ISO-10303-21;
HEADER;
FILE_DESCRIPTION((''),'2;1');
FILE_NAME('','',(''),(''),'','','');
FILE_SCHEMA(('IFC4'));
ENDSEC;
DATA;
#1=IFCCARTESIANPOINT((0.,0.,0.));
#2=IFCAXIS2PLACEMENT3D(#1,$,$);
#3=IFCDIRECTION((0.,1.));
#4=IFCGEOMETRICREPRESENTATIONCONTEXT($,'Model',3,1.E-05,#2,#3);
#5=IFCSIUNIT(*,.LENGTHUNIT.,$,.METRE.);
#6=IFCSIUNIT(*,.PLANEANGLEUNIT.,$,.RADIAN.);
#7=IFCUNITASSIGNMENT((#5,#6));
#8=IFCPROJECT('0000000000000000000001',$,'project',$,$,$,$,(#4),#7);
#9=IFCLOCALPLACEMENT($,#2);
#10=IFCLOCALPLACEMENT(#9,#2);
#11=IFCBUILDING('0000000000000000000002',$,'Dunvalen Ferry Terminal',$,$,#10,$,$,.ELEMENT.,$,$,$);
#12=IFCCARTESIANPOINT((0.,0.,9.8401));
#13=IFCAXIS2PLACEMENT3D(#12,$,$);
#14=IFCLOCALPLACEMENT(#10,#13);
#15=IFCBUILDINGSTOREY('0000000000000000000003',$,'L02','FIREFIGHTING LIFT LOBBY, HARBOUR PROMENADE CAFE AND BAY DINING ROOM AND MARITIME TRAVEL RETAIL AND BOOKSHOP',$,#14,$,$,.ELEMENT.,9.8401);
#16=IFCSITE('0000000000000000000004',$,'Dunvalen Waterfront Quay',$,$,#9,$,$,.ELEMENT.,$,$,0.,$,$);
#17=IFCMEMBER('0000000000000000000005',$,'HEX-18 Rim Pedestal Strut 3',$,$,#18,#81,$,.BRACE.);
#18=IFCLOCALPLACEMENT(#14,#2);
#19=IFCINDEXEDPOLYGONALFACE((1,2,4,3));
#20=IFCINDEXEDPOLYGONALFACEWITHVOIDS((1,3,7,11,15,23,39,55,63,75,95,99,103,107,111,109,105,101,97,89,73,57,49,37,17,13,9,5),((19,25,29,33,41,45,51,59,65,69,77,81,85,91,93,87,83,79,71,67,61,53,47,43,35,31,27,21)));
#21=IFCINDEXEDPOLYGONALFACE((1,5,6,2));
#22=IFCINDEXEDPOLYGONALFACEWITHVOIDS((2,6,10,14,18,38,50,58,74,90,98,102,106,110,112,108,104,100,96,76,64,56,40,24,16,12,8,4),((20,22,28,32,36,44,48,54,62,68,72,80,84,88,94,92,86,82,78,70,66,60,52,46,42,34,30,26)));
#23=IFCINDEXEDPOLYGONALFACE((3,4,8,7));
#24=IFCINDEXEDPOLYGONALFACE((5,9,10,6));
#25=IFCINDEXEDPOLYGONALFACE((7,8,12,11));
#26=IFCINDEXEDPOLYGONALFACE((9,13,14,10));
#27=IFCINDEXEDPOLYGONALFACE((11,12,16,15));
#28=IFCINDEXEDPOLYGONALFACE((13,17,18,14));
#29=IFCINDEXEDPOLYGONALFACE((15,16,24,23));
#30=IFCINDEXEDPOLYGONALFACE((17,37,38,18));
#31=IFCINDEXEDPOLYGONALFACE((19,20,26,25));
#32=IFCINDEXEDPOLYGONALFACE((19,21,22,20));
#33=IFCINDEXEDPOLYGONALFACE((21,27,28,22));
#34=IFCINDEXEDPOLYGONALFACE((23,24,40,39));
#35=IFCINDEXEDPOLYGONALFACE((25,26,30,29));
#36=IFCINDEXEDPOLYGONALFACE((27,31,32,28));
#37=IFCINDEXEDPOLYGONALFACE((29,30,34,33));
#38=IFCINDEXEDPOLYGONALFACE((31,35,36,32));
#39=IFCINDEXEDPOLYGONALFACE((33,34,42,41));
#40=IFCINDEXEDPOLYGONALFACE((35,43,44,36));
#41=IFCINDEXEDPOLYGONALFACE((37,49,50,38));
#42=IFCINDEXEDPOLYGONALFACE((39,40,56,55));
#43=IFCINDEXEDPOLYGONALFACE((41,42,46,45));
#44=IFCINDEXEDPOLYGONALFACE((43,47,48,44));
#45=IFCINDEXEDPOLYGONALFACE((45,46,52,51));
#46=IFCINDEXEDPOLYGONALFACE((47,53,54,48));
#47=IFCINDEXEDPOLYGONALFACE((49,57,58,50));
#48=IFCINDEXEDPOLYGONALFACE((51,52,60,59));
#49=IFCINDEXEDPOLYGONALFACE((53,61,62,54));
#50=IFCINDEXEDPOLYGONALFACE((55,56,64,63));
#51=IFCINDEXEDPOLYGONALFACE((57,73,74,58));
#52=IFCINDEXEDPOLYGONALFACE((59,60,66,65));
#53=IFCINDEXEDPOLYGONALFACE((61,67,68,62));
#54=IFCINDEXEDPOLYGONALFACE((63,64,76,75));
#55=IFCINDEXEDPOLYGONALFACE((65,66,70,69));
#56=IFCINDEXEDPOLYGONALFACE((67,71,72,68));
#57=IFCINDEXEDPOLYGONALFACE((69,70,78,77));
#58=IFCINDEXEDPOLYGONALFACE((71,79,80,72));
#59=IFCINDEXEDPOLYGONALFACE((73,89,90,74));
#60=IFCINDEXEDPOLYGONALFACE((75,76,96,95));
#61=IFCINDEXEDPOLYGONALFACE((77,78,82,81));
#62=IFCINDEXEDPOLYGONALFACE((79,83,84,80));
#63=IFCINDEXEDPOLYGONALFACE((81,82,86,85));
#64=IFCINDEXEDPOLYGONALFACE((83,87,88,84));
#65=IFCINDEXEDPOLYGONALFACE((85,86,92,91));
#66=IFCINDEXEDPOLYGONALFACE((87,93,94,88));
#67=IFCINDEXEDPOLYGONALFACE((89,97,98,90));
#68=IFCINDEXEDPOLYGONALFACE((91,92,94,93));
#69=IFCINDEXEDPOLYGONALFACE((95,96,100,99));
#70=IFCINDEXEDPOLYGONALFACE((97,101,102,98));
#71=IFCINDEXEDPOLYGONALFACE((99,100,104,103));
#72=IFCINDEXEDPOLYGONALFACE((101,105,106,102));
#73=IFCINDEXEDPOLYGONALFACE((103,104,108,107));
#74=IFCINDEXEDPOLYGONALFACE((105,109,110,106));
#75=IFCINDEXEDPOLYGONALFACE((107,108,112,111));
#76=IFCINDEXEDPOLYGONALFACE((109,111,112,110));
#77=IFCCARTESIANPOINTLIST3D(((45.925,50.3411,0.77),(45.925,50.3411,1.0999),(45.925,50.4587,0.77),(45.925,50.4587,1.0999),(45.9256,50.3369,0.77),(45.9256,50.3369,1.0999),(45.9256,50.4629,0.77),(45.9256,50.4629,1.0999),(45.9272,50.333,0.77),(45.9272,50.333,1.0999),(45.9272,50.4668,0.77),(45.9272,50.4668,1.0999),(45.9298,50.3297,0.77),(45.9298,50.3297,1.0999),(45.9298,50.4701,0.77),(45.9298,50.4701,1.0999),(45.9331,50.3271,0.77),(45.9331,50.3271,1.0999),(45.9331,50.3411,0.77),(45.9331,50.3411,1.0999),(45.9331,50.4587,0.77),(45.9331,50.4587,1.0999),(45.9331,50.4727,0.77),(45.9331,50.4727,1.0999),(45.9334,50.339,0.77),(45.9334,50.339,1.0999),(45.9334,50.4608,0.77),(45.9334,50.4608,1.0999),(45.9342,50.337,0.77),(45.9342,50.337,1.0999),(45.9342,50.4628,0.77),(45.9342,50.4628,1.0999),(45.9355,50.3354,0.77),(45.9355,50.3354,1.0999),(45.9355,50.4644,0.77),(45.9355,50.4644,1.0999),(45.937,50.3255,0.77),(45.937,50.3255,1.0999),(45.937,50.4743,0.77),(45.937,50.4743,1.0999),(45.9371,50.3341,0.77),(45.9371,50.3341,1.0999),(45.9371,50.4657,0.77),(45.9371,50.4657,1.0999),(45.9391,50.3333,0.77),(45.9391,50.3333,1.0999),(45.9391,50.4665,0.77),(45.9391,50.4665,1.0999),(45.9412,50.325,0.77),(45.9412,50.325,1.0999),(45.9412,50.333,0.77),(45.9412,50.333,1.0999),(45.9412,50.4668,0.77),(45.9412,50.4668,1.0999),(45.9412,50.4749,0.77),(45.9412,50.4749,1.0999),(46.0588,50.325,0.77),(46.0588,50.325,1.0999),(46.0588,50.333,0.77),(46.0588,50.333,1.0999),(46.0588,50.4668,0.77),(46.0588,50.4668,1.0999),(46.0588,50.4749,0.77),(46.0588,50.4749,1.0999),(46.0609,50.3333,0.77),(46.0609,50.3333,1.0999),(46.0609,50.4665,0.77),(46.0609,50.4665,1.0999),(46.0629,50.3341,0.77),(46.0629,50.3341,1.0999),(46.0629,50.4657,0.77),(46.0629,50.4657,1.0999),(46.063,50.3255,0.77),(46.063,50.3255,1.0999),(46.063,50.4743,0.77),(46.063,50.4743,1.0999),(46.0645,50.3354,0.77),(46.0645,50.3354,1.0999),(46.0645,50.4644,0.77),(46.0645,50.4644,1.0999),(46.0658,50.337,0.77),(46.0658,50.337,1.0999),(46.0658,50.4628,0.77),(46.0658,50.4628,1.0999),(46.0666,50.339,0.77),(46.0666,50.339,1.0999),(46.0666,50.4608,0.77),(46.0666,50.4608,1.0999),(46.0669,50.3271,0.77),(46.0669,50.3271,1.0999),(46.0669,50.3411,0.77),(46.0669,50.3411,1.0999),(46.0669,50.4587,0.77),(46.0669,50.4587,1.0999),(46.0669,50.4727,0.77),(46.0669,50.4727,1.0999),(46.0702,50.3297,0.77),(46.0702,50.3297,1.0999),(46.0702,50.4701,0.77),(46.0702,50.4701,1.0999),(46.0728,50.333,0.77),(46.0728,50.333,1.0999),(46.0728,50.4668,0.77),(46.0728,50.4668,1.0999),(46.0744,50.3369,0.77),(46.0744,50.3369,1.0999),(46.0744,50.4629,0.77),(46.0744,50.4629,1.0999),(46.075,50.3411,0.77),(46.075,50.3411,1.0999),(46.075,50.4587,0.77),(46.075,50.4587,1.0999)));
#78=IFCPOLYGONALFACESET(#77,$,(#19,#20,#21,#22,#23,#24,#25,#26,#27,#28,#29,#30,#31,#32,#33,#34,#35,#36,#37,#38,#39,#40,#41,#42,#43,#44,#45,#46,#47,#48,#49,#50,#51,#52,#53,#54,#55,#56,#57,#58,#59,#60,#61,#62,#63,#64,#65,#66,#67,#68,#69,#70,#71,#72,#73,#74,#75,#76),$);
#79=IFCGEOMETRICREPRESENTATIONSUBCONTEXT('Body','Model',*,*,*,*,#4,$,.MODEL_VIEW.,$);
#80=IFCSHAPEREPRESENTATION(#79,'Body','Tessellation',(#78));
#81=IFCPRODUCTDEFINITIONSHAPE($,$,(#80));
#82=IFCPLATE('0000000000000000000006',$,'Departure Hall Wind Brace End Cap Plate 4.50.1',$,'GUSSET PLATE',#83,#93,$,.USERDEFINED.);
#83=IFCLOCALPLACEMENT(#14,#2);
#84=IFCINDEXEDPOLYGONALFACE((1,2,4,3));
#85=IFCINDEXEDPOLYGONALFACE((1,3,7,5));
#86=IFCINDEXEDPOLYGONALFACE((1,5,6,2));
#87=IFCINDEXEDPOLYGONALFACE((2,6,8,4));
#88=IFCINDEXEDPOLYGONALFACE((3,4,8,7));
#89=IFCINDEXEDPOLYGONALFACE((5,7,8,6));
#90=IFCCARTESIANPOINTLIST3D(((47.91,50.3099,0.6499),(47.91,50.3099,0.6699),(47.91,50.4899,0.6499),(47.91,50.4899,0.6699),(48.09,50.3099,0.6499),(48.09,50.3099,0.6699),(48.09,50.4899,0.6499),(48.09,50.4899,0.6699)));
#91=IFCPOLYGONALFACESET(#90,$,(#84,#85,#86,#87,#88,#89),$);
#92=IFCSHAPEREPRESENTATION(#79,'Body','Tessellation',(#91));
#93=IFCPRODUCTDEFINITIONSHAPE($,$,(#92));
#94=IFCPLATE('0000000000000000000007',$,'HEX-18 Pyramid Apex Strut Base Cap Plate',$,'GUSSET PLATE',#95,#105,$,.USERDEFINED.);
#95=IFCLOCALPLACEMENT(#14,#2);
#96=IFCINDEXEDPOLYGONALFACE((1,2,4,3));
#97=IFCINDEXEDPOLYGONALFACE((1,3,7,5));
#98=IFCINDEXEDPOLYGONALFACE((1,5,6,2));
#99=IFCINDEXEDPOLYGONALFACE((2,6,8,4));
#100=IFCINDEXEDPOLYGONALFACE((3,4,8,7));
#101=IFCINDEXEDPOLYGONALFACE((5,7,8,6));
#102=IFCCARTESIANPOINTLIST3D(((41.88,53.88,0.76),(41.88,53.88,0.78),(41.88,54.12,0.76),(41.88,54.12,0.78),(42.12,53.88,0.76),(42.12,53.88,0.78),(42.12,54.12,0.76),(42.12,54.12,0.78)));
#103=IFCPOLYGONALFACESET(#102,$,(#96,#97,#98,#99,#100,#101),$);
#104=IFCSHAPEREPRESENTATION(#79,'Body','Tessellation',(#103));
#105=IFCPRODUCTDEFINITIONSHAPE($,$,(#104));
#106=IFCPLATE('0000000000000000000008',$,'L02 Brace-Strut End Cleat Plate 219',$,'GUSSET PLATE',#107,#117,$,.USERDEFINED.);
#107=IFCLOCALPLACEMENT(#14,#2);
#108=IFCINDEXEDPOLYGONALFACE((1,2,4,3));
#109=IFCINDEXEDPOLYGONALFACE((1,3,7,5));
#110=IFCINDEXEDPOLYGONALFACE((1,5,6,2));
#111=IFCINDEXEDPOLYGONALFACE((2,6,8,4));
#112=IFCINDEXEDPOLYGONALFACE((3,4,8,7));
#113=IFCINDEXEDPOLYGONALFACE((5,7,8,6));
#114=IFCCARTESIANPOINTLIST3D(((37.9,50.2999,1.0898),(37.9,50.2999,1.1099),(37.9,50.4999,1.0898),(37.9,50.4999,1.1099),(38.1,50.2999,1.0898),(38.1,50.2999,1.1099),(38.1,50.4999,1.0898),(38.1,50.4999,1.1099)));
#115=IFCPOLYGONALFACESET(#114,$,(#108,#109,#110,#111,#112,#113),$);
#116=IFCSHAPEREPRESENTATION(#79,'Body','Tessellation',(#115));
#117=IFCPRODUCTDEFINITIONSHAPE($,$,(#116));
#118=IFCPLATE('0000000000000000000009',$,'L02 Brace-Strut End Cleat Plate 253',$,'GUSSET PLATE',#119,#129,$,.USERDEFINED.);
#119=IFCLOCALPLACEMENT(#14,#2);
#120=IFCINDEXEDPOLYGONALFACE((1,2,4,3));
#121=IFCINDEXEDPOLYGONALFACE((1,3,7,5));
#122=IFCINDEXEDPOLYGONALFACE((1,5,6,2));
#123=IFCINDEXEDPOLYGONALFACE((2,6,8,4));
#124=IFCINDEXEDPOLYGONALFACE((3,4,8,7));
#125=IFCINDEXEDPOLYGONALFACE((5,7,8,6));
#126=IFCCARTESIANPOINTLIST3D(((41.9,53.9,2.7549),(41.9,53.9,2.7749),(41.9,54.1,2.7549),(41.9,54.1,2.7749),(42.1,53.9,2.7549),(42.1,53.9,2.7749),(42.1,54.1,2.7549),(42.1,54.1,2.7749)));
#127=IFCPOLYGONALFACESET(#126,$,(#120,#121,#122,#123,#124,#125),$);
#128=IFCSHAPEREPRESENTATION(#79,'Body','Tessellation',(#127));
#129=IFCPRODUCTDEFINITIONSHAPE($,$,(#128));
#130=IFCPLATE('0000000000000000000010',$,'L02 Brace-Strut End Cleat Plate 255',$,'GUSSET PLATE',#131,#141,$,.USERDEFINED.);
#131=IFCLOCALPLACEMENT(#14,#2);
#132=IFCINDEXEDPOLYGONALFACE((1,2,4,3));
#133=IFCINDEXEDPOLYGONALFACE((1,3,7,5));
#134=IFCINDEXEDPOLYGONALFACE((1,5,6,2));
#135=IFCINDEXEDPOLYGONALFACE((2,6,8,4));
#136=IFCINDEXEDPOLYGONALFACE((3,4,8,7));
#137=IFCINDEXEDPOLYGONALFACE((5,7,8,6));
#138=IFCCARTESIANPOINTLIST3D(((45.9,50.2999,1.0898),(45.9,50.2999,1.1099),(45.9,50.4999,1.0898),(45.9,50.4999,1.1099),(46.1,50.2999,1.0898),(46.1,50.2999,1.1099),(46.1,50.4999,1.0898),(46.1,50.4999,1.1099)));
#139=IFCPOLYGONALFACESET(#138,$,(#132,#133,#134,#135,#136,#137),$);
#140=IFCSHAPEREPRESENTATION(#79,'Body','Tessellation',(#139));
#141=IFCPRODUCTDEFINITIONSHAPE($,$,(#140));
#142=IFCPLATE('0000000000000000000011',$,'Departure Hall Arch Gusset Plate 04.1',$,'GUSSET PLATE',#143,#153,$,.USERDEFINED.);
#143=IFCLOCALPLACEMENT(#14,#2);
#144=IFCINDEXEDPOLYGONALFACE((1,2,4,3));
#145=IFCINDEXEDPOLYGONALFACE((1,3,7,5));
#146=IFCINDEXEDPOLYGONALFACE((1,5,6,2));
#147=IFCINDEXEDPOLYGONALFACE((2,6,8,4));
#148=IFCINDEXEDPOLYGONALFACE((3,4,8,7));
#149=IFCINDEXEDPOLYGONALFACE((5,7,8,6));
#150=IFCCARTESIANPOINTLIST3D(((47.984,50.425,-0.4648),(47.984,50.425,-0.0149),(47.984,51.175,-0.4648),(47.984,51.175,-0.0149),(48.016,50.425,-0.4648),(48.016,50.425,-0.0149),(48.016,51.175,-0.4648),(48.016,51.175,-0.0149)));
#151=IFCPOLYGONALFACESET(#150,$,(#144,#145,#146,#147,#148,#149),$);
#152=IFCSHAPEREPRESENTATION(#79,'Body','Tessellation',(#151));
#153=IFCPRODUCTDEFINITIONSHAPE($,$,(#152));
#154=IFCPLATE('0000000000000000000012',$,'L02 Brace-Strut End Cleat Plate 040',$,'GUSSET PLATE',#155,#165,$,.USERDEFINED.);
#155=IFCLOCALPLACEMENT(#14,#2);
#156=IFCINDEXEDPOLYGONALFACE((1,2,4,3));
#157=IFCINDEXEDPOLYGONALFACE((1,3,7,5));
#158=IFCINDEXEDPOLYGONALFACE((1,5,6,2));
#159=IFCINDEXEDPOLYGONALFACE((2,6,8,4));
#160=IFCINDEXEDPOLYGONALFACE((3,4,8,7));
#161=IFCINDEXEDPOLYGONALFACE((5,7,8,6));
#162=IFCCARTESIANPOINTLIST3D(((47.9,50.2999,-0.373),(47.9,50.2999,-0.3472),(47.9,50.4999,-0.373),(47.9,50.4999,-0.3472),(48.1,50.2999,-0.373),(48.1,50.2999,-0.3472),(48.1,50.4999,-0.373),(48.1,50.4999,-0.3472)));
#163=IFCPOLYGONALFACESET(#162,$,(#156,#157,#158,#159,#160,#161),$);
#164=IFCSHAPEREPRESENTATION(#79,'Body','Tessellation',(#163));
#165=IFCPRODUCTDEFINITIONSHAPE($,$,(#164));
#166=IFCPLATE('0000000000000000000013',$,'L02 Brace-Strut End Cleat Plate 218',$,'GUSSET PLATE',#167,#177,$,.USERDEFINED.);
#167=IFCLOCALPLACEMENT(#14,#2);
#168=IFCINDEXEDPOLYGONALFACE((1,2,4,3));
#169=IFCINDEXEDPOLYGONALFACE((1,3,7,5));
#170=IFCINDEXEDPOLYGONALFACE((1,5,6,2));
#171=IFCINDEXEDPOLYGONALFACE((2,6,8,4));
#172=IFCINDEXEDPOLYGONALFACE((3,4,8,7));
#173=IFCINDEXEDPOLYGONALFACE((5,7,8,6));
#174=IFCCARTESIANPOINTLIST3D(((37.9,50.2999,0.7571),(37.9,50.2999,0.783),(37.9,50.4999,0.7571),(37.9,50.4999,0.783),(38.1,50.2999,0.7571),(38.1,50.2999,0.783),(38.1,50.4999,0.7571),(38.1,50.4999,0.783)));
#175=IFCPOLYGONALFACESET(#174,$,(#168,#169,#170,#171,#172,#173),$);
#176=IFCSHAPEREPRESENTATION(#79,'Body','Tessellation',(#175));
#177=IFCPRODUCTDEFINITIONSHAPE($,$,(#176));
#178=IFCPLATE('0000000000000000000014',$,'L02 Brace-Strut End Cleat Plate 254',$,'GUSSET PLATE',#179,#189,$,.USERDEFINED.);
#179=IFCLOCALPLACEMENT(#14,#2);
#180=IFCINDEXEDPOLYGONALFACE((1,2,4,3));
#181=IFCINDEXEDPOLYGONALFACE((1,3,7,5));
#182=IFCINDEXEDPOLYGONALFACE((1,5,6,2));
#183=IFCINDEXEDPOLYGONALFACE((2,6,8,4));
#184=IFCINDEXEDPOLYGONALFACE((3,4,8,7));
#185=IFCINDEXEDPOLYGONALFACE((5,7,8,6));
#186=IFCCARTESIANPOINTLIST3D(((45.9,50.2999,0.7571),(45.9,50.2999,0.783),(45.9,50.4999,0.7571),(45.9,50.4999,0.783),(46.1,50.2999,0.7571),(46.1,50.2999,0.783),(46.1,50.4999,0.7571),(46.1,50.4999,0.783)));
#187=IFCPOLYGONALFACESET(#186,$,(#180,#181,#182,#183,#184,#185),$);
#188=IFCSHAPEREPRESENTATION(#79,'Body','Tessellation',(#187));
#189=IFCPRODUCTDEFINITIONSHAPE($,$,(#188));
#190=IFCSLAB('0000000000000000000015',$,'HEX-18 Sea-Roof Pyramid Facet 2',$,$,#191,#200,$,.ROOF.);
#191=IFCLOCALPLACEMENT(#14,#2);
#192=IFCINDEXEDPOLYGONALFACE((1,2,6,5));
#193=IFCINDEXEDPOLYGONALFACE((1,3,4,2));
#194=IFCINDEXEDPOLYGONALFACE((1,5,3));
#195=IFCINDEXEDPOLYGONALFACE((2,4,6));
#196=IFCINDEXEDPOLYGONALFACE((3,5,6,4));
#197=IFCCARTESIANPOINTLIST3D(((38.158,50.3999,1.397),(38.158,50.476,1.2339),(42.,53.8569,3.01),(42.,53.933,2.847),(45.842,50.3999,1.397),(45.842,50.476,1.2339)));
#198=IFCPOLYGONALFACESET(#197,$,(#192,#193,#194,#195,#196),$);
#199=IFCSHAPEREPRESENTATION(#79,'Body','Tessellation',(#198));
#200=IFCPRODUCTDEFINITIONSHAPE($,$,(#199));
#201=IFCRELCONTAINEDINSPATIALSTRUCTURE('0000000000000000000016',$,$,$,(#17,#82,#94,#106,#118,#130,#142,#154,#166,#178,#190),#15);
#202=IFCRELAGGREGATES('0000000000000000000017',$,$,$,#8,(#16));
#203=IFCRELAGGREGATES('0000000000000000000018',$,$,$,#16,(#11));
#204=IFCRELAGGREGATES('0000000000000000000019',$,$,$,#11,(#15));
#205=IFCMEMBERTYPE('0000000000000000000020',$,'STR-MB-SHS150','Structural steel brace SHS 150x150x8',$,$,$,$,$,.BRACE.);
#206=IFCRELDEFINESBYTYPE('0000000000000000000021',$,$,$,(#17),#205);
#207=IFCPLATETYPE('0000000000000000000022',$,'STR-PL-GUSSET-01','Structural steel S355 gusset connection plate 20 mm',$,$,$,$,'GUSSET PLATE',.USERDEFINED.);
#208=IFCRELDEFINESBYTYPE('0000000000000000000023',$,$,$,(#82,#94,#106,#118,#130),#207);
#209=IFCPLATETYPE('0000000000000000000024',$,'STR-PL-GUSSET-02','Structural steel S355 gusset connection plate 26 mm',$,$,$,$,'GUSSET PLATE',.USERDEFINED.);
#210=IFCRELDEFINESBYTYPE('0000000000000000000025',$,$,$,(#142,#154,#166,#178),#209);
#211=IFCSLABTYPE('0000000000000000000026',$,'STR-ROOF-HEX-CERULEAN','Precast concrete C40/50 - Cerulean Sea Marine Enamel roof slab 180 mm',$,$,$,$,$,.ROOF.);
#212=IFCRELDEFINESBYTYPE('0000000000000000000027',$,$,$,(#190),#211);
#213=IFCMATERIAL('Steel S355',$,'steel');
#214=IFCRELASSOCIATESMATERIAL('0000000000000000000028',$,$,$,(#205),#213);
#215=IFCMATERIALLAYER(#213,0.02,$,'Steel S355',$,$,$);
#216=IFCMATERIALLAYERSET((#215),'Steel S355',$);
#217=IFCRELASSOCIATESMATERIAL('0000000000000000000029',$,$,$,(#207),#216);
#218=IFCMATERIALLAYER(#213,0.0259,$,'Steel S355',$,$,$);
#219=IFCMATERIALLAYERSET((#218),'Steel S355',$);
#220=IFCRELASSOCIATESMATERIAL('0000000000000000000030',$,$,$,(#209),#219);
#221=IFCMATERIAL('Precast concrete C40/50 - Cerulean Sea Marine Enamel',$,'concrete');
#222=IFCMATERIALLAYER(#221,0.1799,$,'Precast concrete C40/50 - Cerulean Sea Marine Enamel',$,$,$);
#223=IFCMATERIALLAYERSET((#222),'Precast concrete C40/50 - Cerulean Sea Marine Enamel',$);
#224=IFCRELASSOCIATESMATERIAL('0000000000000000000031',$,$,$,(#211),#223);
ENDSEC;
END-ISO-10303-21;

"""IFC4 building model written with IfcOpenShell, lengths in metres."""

from ifc_helpers import new_model, si_unit, direction, frame, origin, origin_2d, place, context, subcontext, project, spatial, polyline, rectangle, hollow_rectangle, outline, extrude, material, layer, layer_set, material_profile, profile_set, type_object, element, save


model = new_model("IFC4")

# Units and contexts
model_context = context("Model", 3, precision=1e-05, world=origin(), true_north=direction((0.0, 1.0)))
body_context = subcontext(model_context, "Body", "Model", "MODEL_VIEW")
ifc_project = project(units=[si_unit("LENGTHUNIT", "METRE"), si_unit("PLANEANGLEUNIT", "RADIAN")], contexts=[model_context])

# Site, building, storey
site_placement = place(None, origin())
site = spatial("IfcSite", under=ifc_project, at=site_placement, Name="Dunvalen Waterfront Quay", CompositionType="ELEMENT", RefElevation=0.0)
building_placement = place(site_placement, origin())
building = spatial("IfcBuilding", under=site, at=building_placement, Name="Dunvalen Ferry Terminal", CompositionType="ELEMENT")
storey_placement = place(building_placement, frame((0.0, 0.0, 9.8401)))
storey = spatial("IfcBuildingStorey", under=building, at=storey_placement, Name="L02", Description="FIREFIGHTING LIFT LOBBY, HARBOUR PROMENADE CAFE AND BAY DINING ROOM AND MARITIME TRAVEL RETAIL AND BOOKSHOP", CompositionType="ELEMENT", Elevation=9.8401)

# Shared definitions
ifc_material_1 = material(Name="Steel S355", Category="steel")

# Member
ifc_material_profile_1 = material_profile(ifc_material_1, hollow_rectangle(XDim=0.1499, YDim=0.1499, WallThickness=0.0081, InnerFilletRadius=0.0081, OuterFilletRadius=0.0161, at=origin_2d()), Name="Steel S355")
ifc_profile_set_1 = profile_set([ifc_material_profile_1], Name="Steel S355")
member_type_1 = type_object("IfcMemberType", Name="STR-MB-SHS150", Description="Structural steel brace SHS 150x150x8", PredefinedType="BRACE", material=ifc_profile_set_1)
member_1_placement = place(storey_placement, frame((46.0, 50.3999, 0.77), z_axis=(0.0, 0.0, 1.0), x_axis=(1.0, 0.0, 0.0)))
element("IfcMember", 1, at=member_1_placement, inside=storey, type_object=member_type_1, Name="HEX-18 Rim Pedestal Strut 3", PredefinedType="BRACE", context=body_context, shape_type="SweptSolid", body=[
    extrude(hollow_rectangle(XDim=0.1499, YDim=0.1499, WallThickness=0.0081, InnerFilletRadius=0.0081, OuterFilletRadius=0.0161, at=origin_2d()), origin(), (0.0, 0.0, 1.0), 0.3298),
])

# Plates
ifc_layer_1 = layer(ifc_material_1, 0.02, Name="Steel S355")
ifc_layer_set_1 = layer_set([ifc_layer_1], Name="Steel S355")
plate_type_1 = type_object("IfcPlateType", Name="STR-PL-GUSSET-01", Description="Structural steel S355 gusset connection plate 20 mm", ElementType="GUSSET PLATE", PredefinedType="USERDEFINED", material=ifc_layer_set_1)
plate_1_placement = place(storey_placement, frame((48.0, 50.3999, 0.6499), z_axis=(0.0, 0.0, 1.0), x_axis=(1.0, 0.0, 0.0)))
element("IfcPlate", 2, at=plate_1_placement, inside=storey, type_object=plate_type_1, Name="Departure Hall Wind Brace End Cap Plate 4.50.1", ObjectType="GUSSET PLATE", PredefinedType="USERDEFINED", context=body_context, shape_type="SweptSolid", body=[
    extrude(rectangle(XDim=0.1799, YDim=0.1799, at=origin_2d()), origin(), (0.0, 0.0, 1.0), 0.02),
])
plate_2_placement = place(storey_placement, frame((42.0, 54.0, 0.76), z_axis=(0.0, 0.0, 1.0), x_axis=(1.0, 0.0, 0.0)))
element("IfcPlate", 3, at=plate_2_placement, inside=storey, type_object=plate_type_1, Name="HEX-18 Pyramid Apex Strut Base Cap Plate", ObjectType="GUSSET PLATE", PredefinedType="USERDEFINED", context=body_context, shape_type="SweptSolid", body=[
    extrude(rectangle(XDim=0.24, YDim=0.24, at=origin_2d()), origin(), (0.0, 0.0, 1.0), 0.02),
])
for number, where, z_axis, x_axis, name in (
    (4, (38.0, 50.3999, 1.0898), (0.0, 0.0, 1.0), (1.0, 0.0, 0.0), "L02 Brace-Strut End Cleat Plate 219"),
    (5, (42.0, 54.0, 2.7549), (0.0, 0.0, 1.0), (1.0, 0.0, 0.0), "L02 Brace-Strut End Cleat Plate 253"),
    (6, (46.0, 50.3999, 1.0898), (0.0, 0.0, 1.0), (1.0, 0.0, 0.0), "L02 Brace-Strut End Cleat Plate 255"),
):
    element("IfcPlate", number, at=place(storey_placement, frame(where, z_axis=z_axis, x_axis=x_axis)), inside=storey, type_object=plate_type_1, Name=name, ObjectType="GUSSET PLATE", PredefinedType="USERDEFINED", context=body_context, shape_type="SweptSolid", body=[
        extrude(rectangle(XDim=0.2, YDim=0.2, at=origin_2d()), origin(), (0.0, 0.0, 1.0), 0.02),
    ])
ifc_layer_2 = layer(ifc_material_1, 0.0259, Name="Steel S355")
ifc_layer_set_2 = layer_set([ifc_layer_2], Name="Steel S355")
plate_type_2 = type_object("IfcPlateType", Name="STR-PL-GUSSET-02", Description="Structural steel S355 gusset connection plate 26 mm", ElementType="GUSSET PLATE", PredefinedType="USERDEFINED", material=ifc_layer_set_2)
plate_3_placement = place(storey_placement, frame((48.0, 50.8, -0.4648), z_axis=(0.0, 0.0, 1.0), x_axis=(1.0, 0.0, 0.0)))
element("IfcPlate", 7, at=plate_3_placement, inside=storey, type_object=plate_type_2, Name="Departure Hall Arch Gusset Plate 04.1", ObjectType="GUSSET PLATE", PredefinedType="USERDEFINED", context=body_context, shape_type="SweptSolid", body=[
    extrude(rectangle(XDim=0.032, YDim=0.75, at=origin_2d()), origin(), (0.0, 0.0, 1.0), 0.45),
])
for number, where, z_axis, x_axis, name in (
    (8, (48.0, 50.3999, -0.373), (0.0, 0.0, 1.0), (1.0, 0.0, 0.0), "L02 Brace-Strut End Cleat Plate 040"),
    (9, (38.0, 50.3999, 0.7571), (0.0, 0.0, 1.0), (1.0, 0.0, 0.0), "L02 Brace-Strut End Cleat Plate 218"),
    (10, (46.0, 50.3999, 0.7571), (0.0, 0.0, 1.0), (1.0, 0.0, 0.0), "L02 Brace-Strut End Cleat Plate 254"),
):
    element("IfcPlate", number, at=place(storey_placement, frame(where, z_axis=z_axis, x_axis=x_axis)), inside=storey, type_object=plate_type_2, Name=name, ObjectType="GUSSET PLATE", PredefinedType="USERDEFINED", context=body_context, shape_type="SweptSolid", body=[
        extrude(rectangle(XDim=0.2, YDim=0.2, at=origin_2d()), origin(), (0.0, 0.0, 1.0), 0.0259),
    ])

# Slab
ifc_material_2 = material(Name="Precast concrete C40/50 - Cerulean Sea Marine Enamel", Category="concrete")
ifc_layer_3 = layer(ifc_material_2, 0.1799, Name="Precast concrete C40/50 - Cerulean Sea Marine Enamel")
ifc_layer_set_3 = layer_set([ifc_layer_3], Name="Precast concrete C40/50 - Cerulean Sea Marine Enamel")
slab_type_1 = type_object("IfcSlabType", Name="STR-ROOF-HEX-CERULEAN", Description="Precast concrete C40/50 - Cerulean Sea Marine Enamel roof slab 180 mm", PredefinedType="ROOF", material=ifc_layer_set_3)
slab_1_placement = place(storey_placement, frame((38.158, 50.3999, 1.397), z_axis=(0.0, -0.422833, 0.906208), x_axis=(1.0, 0.0, 0.0)))
element("IfcSlab", 11, at=slab_1_placement, inside=storey, type_object=slab_type_1, Name="HEX-18 Sea-Roof Pyramid Facet 2", PredefinedType="ROOF", context=body_context, shape_type="SweptSolid", body=[
    extrude(outline(polyline([(0.0, 0.0), (7.6841, 0.0), (3.842, 3.8148), (0.0, 0.0)])), origin(), (0.0, 0.0, -1.0), 0.1799),
])

save(model, "model.ifc")
